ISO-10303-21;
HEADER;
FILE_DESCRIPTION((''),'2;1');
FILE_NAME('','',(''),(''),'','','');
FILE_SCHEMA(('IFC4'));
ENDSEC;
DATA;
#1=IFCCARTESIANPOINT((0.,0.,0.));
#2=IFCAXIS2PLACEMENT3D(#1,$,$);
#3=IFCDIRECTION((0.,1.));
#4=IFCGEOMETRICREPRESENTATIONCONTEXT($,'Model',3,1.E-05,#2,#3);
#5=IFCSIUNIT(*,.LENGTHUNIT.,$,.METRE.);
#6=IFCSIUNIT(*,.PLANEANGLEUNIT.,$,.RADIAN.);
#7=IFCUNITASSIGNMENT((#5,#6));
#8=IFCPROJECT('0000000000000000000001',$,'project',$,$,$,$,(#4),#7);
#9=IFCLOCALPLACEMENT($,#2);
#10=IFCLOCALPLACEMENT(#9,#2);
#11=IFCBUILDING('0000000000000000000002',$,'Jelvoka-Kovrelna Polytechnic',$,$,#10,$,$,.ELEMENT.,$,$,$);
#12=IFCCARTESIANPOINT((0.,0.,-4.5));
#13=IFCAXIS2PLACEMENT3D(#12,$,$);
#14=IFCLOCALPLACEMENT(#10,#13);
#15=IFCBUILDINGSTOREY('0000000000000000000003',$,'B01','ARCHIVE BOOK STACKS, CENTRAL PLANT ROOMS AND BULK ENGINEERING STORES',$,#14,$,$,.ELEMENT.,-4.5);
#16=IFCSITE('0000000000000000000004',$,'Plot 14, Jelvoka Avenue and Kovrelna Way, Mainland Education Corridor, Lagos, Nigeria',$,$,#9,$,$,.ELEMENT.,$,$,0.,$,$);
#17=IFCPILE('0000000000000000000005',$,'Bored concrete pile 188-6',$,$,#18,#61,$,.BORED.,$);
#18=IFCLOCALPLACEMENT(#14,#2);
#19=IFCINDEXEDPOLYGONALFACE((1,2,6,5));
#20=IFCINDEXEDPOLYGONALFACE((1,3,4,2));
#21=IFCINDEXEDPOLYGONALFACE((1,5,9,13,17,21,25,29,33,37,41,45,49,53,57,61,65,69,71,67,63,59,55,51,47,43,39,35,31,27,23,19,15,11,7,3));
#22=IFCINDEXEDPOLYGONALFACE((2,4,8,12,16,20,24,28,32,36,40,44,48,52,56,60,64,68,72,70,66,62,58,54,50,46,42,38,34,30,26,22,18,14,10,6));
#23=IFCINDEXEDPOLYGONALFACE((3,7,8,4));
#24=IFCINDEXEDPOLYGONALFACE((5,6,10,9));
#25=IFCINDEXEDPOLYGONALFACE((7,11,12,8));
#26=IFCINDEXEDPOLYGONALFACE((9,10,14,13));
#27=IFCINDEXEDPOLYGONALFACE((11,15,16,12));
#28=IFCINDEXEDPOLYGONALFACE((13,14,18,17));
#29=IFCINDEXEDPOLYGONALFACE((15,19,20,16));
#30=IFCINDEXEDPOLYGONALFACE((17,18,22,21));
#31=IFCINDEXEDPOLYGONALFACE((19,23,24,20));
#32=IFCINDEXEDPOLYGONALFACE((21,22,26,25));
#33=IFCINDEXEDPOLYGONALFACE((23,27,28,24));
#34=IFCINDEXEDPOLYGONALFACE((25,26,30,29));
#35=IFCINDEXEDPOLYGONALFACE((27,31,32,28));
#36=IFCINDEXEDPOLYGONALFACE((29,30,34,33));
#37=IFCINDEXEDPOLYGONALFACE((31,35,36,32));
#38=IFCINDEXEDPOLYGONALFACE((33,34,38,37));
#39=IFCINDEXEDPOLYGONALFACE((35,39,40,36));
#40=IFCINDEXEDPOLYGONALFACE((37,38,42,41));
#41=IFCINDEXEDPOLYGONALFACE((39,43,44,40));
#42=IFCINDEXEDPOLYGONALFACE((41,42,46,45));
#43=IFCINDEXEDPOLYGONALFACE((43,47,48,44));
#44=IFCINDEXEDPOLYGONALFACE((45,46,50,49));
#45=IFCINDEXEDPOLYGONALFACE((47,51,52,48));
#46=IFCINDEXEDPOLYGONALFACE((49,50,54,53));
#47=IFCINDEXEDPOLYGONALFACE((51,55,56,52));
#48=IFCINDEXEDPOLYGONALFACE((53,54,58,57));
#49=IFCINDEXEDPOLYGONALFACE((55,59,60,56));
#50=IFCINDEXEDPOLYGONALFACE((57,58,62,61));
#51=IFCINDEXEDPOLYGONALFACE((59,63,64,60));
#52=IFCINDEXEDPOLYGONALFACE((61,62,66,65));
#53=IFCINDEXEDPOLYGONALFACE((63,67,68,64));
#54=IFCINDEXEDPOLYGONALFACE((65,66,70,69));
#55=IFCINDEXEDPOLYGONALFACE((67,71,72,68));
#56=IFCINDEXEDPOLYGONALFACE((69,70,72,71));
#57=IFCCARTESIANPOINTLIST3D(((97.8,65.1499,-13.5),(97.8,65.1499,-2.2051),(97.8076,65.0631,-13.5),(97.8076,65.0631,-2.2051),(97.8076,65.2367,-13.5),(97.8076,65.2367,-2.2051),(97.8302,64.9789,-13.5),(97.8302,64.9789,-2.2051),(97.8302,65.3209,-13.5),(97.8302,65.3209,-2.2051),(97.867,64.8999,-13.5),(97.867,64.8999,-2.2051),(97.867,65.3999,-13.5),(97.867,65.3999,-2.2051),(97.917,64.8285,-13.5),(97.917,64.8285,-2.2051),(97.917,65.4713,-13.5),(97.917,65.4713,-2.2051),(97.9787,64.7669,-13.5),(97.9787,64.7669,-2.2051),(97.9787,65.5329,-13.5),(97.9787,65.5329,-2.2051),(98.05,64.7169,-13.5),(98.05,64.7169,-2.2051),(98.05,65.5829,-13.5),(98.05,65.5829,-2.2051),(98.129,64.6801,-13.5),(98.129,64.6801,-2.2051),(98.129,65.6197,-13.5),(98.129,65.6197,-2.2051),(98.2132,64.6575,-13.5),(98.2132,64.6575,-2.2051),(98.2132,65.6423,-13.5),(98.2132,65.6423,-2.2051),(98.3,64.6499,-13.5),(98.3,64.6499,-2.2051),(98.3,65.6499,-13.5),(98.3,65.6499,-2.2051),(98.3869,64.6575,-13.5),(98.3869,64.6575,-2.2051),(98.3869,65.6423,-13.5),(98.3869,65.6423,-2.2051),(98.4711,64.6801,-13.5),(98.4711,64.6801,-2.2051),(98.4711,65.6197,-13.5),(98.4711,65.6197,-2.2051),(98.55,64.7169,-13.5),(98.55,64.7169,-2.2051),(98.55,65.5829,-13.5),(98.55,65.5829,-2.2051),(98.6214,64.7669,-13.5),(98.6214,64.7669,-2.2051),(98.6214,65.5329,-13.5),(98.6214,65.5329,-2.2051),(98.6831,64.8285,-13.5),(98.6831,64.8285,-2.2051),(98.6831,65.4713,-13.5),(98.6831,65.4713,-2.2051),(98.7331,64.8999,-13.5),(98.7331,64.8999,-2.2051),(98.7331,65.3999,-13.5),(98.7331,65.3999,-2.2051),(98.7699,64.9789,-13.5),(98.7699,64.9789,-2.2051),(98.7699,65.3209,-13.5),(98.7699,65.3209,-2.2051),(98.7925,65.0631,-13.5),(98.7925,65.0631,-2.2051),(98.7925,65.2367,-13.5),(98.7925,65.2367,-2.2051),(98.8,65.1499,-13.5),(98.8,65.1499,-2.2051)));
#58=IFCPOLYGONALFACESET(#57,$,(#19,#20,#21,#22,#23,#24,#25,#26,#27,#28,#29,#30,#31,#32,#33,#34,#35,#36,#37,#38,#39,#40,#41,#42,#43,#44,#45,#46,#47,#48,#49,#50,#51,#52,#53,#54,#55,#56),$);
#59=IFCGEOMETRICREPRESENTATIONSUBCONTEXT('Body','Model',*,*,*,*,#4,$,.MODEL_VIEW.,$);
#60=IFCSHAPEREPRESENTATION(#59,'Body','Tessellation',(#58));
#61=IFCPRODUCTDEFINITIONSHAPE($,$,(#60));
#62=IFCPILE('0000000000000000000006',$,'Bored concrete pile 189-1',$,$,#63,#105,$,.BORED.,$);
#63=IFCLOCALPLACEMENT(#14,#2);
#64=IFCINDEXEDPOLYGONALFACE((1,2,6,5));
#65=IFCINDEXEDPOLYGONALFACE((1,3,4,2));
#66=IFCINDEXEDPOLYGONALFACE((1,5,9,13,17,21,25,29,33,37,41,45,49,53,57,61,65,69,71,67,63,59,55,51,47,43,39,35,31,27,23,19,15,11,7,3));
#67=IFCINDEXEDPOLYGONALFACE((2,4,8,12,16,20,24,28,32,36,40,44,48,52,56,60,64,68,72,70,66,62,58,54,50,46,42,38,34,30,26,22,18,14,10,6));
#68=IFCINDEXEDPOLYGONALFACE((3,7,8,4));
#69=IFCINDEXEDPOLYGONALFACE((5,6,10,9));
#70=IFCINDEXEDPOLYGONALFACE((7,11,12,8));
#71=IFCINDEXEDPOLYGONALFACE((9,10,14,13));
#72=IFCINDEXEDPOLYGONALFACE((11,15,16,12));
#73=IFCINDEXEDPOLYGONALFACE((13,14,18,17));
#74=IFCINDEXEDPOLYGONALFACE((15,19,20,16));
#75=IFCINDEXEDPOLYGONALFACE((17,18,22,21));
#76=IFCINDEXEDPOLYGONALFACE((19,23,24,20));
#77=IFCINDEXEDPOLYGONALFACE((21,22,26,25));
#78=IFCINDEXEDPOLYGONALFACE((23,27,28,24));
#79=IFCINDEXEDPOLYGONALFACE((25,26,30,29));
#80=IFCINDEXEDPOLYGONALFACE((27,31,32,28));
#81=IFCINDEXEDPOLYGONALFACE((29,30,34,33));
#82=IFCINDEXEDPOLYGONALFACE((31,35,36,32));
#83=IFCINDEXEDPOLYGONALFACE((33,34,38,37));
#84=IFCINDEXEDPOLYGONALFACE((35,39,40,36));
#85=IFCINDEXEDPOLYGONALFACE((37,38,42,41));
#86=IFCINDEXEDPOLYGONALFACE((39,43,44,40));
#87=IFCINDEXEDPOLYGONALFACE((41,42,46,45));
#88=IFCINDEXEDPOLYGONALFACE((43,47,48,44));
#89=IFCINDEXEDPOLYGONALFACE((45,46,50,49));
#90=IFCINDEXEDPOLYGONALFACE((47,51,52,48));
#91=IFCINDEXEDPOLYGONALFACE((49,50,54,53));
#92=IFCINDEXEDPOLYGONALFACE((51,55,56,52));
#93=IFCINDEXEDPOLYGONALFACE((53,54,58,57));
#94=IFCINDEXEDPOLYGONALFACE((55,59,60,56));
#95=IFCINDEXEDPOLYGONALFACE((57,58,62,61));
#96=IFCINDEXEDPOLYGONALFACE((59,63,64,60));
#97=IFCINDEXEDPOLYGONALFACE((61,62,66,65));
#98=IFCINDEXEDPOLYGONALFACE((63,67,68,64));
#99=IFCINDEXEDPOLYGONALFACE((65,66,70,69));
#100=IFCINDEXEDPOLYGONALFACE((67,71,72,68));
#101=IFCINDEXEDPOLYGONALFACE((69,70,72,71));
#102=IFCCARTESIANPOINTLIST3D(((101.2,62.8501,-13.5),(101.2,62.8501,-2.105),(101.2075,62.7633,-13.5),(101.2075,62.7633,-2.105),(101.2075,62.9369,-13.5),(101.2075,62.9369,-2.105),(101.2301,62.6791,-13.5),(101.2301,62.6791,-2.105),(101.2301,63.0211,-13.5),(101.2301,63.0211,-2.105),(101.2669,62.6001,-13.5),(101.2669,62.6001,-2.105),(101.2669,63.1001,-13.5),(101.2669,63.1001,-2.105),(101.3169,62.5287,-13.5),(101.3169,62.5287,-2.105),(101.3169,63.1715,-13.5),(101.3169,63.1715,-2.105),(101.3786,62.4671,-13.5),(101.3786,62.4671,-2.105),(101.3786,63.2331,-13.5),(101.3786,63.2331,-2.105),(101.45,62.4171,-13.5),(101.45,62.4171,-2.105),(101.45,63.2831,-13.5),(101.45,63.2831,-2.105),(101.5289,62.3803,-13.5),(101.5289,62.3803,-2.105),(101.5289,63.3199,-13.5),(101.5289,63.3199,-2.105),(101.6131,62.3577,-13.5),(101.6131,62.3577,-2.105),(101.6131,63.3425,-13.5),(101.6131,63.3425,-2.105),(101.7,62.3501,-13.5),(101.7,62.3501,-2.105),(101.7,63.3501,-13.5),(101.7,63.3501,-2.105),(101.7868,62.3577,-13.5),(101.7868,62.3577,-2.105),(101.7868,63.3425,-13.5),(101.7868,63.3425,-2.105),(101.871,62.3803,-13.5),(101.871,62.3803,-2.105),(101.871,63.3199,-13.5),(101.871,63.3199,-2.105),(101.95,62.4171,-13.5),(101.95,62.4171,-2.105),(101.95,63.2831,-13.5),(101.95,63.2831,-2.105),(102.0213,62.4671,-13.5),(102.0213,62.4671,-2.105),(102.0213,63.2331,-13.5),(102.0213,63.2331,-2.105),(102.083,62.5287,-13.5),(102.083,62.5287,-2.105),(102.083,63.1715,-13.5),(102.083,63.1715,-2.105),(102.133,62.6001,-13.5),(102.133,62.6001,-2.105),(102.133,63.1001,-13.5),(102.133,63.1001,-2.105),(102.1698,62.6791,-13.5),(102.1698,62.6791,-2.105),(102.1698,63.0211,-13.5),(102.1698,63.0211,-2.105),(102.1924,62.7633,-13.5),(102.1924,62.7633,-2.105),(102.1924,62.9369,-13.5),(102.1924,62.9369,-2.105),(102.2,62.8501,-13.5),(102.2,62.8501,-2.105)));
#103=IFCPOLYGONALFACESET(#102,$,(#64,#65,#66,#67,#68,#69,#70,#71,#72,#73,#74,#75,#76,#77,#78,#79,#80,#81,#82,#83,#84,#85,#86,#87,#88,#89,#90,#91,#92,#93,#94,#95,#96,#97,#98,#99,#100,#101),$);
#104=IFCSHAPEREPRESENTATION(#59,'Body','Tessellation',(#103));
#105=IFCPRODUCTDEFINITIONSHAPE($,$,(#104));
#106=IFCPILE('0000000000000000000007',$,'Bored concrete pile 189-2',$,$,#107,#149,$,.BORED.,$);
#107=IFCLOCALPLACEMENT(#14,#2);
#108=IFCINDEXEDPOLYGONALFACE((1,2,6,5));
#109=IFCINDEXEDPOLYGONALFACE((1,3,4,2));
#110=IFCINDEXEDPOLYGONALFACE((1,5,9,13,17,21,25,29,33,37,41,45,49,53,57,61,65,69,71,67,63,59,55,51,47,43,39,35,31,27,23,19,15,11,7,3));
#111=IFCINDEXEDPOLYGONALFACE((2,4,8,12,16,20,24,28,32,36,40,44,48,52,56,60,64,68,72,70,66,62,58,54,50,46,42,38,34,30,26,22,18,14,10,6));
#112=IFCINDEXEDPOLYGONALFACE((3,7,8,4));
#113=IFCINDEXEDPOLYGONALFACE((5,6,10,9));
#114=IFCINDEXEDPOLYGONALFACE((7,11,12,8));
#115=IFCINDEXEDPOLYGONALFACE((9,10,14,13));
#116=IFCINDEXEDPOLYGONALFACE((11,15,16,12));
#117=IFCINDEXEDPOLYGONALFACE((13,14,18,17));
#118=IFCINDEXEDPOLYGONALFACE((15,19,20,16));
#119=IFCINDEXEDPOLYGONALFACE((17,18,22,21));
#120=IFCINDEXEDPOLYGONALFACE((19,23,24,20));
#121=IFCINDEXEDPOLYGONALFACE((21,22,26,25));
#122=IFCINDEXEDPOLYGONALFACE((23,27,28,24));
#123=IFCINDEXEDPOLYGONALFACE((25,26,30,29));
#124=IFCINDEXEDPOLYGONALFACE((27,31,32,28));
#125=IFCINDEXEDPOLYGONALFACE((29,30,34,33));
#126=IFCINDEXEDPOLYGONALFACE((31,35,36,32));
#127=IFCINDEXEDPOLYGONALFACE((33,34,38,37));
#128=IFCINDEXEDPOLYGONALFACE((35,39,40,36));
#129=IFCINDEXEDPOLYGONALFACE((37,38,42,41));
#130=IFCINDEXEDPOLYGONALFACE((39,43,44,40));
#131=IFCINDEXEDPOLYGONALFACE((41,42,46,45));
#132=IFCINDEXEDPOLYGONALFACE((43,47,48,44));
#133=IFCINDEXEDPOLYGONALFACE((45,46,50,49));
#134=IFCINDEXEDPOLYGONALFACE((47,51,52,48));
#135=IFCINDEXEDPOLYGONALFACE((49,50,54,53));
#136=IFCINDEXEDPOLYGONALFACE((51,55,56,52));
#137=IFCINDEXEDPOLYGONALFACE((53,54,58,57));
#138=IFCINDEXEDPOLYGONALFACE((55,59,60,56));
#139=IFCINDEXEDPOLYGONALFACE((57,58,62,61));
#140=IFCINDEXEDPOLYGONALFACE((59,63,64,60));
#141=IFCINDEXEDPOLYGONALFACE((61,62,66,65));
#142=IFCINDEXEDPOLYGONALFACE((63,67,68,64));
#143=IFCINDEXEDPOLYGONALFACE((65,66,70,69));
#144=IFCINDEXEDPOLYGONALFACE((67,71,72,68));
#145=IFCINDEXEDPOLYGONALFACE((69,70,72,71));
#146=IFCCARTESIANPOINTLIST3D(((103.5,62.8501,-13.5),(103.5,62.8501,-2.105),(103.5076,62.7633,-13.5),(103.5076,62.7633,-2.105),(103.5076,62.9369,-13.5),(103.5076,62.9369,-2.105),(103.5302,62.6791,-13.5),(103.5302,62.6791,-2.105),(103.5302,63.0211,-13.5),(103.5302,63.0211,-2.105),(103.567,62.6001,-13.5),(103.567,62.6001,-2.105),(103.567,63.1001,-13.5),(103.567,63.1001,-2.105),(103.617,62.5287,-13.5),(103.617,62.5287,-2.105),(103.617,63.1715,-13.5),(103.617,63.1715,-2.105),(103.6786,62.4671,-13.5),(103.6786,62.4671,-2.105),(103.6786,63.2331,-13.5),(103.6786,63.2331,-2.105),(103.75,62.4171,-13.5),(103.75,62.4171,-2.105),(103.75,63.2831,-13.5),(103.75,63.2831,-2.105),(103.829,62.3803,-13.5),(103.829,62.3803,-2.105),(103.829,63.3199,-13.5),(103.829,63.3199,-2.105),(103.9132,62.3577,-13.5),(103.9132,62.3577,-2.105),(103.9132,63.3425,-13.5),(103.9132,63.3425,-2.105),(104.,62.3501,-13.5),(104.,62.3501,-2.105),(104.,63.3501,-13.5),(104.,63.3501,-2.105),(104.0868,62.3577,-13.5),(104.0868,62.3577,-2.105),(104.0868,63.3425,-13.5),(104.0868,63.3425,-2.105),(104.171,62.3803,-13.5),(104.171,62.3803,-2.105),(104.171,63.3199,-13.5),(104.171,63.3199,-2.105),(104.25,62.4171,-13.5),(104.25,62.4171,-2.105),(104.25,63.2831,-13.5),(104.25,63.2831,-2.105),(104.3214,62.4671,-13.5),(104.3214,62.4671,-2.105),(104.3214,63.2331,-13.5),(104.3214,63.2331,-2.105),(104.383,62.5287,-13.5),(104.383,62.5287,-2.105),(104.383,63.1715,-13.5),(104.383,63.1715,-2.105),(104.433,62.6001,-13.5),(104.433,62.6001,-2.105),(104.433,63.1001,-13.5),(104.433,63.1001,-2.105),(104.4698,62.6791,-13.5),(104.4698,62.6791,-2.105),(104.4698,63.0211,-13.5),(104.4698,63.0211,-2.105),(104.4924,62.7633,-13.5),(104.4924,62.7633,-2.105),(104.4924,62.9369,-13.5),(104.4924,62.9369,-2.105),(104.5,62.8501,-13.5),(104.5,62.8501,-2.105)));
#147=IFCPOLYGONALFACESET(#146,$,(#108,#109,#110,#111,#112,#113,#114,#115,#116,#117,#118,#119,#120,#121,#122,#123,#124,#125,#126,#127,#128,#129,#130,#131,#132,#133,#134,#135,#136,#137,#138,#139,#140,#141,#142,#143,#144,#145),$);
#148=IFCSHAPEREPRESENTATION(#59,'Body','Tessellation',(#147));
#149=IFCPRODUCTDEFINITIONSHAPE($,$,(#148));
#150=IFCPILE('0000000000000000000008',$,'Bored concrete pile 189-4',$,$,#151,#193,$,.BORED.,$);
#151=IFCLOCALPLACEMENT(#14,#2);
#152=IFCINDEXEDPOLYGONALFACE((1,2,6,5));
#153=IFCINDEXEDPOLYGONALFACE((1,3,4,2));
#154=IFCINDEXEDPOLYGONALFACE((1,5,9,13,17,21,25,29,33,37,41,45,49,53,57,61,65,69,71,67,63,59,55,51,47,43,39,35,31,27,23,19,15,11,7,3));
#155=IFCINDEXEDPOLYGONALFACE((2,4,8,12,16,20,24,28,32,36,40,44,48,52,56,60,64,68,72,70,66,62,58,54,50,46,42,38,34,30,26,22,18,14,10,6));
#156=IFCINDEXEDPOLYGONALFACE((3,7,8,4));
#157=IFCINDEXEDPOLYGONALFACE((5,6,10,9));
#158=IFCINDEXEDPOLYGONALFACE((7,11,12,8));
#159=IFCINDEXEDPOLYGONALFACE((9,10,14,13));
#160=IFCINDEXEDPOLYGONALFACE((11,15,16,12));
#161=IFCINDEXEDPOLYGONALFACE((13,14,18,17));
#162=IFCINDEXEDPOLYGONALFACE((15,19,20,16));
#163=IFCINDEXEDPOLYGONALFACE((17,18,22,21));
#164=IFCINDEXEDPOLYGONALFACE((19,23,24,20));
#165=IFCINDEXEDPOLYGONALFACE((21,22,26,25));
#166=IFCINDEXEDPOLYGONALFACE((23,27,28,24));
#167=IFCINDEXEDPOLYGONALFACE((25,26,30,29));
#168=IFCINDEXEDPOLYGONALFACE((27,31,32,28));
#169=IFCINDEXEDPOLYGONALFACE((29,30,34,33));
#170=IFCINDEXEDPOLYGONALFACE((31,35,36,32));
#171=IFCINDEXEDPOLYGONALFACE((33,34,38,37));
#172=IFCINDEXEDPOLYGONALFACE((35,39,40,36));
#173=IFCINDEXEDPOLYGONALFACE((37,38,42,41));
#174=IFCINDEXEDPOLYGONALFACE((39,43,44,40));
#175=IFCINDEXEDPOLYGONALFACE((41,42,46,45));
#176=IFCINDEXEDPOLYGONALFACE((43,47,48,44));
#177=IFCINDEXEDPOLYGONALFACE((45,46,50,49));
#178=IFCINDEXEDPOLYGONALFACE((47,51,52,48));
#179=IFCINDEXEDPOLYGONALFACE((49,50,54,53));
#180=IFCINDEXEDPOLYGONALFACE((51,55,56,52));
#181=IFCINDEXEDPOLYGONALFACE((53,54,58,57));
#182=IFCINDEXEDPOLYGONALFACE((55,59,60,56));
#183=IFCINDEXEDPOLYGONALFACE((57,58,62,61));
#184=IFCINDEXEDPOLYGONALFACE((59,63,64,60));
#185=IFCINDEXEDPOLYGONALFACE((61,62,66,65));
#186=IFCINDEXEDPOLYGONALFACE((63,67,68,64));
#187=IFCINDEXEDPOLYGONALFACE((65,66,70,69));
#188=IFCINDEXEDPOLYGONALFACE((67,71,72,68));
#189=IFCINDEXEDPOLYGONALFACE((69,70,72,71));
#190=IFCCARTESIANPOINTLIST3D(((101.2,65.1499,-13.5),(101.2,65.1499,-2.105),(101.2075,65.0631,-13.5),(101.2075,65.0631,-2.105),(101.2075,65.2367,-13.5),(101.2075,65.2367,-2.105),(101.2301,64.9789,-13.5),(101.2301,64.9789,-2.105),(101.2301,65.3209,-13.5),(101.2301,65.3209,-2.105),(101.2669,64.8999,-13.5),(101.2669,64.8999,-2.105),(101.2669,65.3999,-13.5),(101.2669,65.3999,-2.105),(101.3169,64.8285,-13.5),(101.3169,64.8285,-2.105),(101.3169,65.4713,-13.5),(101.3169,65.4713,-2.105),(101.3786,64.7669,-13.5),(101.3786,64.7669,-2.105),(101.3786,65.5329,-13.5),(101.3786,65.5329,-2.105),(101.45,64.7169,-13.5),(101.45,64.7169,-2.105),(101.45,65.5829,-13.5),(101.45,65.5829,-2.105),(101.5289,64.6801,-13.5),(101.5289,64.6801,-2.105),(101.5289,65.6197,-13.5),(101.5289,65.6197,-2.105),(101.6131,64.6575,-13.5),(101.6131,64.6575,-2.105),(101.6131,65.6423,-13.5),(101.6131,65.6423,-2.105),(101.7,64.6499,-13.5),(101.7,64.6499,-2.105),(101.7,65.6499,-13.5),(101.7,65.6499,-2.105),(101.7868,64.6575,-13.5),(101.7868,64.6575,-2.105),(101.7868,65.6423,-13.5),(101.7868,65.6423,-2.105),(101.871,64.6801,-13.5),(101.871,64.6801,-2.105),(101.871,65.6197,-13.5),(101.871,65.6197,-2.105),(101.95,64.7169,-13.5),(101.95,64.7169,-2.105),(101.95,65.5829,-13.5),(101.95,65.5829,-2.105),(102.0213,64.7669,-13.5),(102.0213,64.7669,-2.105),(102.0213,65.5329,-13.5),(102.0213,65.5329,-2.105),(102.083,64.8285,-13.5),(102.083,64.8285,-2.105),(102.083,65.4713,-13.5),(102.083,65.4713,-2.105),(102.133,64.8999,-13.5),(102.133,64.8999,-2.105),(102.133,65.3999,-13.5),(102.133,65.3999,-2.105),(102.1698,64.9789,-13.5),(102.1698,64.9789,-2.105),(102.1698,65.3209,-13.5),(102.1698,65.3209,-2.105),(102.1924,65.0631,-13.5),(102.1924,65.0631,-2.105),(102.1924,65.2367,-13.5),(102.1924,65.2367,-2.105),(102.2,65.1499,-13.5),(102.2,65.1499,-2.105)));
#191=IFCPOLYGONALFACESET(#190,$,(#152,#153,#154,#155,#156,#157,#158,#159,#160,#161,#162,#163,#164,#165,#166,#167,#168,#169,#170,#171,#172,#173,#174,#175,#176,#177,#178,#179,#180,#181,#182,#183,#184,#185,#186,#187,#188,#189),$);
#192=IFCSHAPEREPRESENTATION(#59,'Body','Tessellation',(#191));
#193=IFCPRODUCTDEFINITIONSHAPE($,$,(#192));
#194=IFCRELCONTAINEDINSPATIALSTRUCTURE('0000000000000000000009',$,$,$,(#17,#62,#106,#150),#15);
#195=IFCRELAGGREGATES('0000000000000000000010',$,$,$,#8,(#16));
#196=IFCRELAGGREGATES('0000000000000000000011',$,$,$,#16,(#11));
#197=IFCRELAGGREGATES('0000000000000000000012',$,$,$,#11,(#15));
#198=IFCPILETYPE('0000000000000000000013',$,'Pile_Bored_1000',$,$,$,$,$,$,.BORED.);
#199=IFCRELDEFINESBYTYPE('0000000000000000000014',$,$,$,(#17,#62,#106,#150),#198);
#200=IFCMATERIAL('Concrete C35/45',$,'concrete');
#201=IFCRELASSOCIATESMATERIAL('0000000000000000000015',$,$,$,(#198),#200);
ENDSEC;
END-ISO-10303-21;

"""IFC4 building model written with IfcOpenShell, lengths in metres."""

from ifc_helpers import new_model, si_unit, direction, frame, origin, origin_2d, place, context, subcontext, project, spatial, circle, extrude, material, material_profile, profile_set, type_object, element, save


model = new_model("IFC4")

# Units and contexts
model_context = context("Model", 3, precision=1e-05, world=origin(), true_north=direction((0.0, 1.0)))
body_context = subcontext(model_context, "Body", "Model", "MODEL_VIEW")
ifc_project = project(units=[si_unit("LENGTHUNIT", "METRE"), si_unit("PLANEANGLEUNIT", "RADIAN")], contexts=[model_context])

# Site, building, storey
site_placement = place(None, origin())
site = spatial("IfcSite", under=ifc_project, at=site_placement, Name="Plot 14, Jelvoka Avenue and Kovrelna Way, Mainland Education Corridor, Lagos, Nigeria", CompositionType="ELEMENT", RefElevation=0.0)
building_placement = place(site_placement, origin())
building = spatial("IfcBuilding", under=site, at=building_placement, Name="Jelvoka-Kovrelna Polytechnic", CompositionType="ELEMENT")
storey_placement = place(building_placement, frame((0.0, 0.0, -4.5)))
storey = spatial("IfcBuildingStorey", under=building, at=storey_placement, Name="B01", Description="ARCHIVE BOOK STACKS, CENTRAL PLANT ROOMS AND BULK ENGINEERING STORES", CompositionType="ELEMENT", Elevation=-4.5)

# Piles
ifc_material_1 = material(Name="Concrete C35/45", Category="concrete")
ifc_material_profile_1 = material_profile(ifc_material_1, circle(Radius=0.5, at=origin_2d()), Name="PILE D1000")
ifc_profile_set_1 = profile_set([ifc_material_profile_1], Name="Concrete C35/45")
pile_type = type_object("IfcPileType", Name="Pile_Bored_1000", PredefinedType="BORED", material=ifc_profile_set_1)
for number, where, z_axis, x_axis, name in (
    (1, (98.3, 65.1499, -2.2051), (0.0, 0.0, -1.0), (1.0, 0.0, 0.0), "Bored concrete pile 188-6"),
):
    element("IfcPile", number, at=place(storey_placement, frame(where, z_axis=z_axis, x_axis=x_axis)), inside=storey, type_object=pile_type, Name=name, PredefinedType="BORED", context=body_context, shape_type="SweptSolid", body=[
        extrude(circle(Radius=0.5, at=origin_2d()), origin(), (0.0, 0.0, 1.0), 11.2949),
    ])
for number, where, z_axis, x_axis, name in (
    (2, (101.7, 62.8501, -2.105), (0.0, 0.0, -1.0), (1.0, 0.0, 0.0), "Bored concrete pile 189-1"),
    (3, (104.0, 62.8501, -2.105), (0.0, 0.0, -1.0), (1.0, 0.0, 0.0), "Bored concrete pile 189-2"),
    (4, (101.7, 65.1499, -2.105), (0.0, 0.0, -1.0), (1.0, 0.0, 0.0), "Bored concrete pile 189-4"),
):
    element("IfcPile", number, at=place(storey_placement, frame(where, z_axis=z_axis, x_axis=x_axis)), inside=storey, type_object=pile_type, Name=name, PredefinedType="BORED", context=body_context, shape_type="SweptSolid", body=[
        extrude(circle(Radius=0.5, at=origin_2d()), origin(), (0.0, 0.0, 1.0), 11.395),
    ])

save(model, "model.ifc")
